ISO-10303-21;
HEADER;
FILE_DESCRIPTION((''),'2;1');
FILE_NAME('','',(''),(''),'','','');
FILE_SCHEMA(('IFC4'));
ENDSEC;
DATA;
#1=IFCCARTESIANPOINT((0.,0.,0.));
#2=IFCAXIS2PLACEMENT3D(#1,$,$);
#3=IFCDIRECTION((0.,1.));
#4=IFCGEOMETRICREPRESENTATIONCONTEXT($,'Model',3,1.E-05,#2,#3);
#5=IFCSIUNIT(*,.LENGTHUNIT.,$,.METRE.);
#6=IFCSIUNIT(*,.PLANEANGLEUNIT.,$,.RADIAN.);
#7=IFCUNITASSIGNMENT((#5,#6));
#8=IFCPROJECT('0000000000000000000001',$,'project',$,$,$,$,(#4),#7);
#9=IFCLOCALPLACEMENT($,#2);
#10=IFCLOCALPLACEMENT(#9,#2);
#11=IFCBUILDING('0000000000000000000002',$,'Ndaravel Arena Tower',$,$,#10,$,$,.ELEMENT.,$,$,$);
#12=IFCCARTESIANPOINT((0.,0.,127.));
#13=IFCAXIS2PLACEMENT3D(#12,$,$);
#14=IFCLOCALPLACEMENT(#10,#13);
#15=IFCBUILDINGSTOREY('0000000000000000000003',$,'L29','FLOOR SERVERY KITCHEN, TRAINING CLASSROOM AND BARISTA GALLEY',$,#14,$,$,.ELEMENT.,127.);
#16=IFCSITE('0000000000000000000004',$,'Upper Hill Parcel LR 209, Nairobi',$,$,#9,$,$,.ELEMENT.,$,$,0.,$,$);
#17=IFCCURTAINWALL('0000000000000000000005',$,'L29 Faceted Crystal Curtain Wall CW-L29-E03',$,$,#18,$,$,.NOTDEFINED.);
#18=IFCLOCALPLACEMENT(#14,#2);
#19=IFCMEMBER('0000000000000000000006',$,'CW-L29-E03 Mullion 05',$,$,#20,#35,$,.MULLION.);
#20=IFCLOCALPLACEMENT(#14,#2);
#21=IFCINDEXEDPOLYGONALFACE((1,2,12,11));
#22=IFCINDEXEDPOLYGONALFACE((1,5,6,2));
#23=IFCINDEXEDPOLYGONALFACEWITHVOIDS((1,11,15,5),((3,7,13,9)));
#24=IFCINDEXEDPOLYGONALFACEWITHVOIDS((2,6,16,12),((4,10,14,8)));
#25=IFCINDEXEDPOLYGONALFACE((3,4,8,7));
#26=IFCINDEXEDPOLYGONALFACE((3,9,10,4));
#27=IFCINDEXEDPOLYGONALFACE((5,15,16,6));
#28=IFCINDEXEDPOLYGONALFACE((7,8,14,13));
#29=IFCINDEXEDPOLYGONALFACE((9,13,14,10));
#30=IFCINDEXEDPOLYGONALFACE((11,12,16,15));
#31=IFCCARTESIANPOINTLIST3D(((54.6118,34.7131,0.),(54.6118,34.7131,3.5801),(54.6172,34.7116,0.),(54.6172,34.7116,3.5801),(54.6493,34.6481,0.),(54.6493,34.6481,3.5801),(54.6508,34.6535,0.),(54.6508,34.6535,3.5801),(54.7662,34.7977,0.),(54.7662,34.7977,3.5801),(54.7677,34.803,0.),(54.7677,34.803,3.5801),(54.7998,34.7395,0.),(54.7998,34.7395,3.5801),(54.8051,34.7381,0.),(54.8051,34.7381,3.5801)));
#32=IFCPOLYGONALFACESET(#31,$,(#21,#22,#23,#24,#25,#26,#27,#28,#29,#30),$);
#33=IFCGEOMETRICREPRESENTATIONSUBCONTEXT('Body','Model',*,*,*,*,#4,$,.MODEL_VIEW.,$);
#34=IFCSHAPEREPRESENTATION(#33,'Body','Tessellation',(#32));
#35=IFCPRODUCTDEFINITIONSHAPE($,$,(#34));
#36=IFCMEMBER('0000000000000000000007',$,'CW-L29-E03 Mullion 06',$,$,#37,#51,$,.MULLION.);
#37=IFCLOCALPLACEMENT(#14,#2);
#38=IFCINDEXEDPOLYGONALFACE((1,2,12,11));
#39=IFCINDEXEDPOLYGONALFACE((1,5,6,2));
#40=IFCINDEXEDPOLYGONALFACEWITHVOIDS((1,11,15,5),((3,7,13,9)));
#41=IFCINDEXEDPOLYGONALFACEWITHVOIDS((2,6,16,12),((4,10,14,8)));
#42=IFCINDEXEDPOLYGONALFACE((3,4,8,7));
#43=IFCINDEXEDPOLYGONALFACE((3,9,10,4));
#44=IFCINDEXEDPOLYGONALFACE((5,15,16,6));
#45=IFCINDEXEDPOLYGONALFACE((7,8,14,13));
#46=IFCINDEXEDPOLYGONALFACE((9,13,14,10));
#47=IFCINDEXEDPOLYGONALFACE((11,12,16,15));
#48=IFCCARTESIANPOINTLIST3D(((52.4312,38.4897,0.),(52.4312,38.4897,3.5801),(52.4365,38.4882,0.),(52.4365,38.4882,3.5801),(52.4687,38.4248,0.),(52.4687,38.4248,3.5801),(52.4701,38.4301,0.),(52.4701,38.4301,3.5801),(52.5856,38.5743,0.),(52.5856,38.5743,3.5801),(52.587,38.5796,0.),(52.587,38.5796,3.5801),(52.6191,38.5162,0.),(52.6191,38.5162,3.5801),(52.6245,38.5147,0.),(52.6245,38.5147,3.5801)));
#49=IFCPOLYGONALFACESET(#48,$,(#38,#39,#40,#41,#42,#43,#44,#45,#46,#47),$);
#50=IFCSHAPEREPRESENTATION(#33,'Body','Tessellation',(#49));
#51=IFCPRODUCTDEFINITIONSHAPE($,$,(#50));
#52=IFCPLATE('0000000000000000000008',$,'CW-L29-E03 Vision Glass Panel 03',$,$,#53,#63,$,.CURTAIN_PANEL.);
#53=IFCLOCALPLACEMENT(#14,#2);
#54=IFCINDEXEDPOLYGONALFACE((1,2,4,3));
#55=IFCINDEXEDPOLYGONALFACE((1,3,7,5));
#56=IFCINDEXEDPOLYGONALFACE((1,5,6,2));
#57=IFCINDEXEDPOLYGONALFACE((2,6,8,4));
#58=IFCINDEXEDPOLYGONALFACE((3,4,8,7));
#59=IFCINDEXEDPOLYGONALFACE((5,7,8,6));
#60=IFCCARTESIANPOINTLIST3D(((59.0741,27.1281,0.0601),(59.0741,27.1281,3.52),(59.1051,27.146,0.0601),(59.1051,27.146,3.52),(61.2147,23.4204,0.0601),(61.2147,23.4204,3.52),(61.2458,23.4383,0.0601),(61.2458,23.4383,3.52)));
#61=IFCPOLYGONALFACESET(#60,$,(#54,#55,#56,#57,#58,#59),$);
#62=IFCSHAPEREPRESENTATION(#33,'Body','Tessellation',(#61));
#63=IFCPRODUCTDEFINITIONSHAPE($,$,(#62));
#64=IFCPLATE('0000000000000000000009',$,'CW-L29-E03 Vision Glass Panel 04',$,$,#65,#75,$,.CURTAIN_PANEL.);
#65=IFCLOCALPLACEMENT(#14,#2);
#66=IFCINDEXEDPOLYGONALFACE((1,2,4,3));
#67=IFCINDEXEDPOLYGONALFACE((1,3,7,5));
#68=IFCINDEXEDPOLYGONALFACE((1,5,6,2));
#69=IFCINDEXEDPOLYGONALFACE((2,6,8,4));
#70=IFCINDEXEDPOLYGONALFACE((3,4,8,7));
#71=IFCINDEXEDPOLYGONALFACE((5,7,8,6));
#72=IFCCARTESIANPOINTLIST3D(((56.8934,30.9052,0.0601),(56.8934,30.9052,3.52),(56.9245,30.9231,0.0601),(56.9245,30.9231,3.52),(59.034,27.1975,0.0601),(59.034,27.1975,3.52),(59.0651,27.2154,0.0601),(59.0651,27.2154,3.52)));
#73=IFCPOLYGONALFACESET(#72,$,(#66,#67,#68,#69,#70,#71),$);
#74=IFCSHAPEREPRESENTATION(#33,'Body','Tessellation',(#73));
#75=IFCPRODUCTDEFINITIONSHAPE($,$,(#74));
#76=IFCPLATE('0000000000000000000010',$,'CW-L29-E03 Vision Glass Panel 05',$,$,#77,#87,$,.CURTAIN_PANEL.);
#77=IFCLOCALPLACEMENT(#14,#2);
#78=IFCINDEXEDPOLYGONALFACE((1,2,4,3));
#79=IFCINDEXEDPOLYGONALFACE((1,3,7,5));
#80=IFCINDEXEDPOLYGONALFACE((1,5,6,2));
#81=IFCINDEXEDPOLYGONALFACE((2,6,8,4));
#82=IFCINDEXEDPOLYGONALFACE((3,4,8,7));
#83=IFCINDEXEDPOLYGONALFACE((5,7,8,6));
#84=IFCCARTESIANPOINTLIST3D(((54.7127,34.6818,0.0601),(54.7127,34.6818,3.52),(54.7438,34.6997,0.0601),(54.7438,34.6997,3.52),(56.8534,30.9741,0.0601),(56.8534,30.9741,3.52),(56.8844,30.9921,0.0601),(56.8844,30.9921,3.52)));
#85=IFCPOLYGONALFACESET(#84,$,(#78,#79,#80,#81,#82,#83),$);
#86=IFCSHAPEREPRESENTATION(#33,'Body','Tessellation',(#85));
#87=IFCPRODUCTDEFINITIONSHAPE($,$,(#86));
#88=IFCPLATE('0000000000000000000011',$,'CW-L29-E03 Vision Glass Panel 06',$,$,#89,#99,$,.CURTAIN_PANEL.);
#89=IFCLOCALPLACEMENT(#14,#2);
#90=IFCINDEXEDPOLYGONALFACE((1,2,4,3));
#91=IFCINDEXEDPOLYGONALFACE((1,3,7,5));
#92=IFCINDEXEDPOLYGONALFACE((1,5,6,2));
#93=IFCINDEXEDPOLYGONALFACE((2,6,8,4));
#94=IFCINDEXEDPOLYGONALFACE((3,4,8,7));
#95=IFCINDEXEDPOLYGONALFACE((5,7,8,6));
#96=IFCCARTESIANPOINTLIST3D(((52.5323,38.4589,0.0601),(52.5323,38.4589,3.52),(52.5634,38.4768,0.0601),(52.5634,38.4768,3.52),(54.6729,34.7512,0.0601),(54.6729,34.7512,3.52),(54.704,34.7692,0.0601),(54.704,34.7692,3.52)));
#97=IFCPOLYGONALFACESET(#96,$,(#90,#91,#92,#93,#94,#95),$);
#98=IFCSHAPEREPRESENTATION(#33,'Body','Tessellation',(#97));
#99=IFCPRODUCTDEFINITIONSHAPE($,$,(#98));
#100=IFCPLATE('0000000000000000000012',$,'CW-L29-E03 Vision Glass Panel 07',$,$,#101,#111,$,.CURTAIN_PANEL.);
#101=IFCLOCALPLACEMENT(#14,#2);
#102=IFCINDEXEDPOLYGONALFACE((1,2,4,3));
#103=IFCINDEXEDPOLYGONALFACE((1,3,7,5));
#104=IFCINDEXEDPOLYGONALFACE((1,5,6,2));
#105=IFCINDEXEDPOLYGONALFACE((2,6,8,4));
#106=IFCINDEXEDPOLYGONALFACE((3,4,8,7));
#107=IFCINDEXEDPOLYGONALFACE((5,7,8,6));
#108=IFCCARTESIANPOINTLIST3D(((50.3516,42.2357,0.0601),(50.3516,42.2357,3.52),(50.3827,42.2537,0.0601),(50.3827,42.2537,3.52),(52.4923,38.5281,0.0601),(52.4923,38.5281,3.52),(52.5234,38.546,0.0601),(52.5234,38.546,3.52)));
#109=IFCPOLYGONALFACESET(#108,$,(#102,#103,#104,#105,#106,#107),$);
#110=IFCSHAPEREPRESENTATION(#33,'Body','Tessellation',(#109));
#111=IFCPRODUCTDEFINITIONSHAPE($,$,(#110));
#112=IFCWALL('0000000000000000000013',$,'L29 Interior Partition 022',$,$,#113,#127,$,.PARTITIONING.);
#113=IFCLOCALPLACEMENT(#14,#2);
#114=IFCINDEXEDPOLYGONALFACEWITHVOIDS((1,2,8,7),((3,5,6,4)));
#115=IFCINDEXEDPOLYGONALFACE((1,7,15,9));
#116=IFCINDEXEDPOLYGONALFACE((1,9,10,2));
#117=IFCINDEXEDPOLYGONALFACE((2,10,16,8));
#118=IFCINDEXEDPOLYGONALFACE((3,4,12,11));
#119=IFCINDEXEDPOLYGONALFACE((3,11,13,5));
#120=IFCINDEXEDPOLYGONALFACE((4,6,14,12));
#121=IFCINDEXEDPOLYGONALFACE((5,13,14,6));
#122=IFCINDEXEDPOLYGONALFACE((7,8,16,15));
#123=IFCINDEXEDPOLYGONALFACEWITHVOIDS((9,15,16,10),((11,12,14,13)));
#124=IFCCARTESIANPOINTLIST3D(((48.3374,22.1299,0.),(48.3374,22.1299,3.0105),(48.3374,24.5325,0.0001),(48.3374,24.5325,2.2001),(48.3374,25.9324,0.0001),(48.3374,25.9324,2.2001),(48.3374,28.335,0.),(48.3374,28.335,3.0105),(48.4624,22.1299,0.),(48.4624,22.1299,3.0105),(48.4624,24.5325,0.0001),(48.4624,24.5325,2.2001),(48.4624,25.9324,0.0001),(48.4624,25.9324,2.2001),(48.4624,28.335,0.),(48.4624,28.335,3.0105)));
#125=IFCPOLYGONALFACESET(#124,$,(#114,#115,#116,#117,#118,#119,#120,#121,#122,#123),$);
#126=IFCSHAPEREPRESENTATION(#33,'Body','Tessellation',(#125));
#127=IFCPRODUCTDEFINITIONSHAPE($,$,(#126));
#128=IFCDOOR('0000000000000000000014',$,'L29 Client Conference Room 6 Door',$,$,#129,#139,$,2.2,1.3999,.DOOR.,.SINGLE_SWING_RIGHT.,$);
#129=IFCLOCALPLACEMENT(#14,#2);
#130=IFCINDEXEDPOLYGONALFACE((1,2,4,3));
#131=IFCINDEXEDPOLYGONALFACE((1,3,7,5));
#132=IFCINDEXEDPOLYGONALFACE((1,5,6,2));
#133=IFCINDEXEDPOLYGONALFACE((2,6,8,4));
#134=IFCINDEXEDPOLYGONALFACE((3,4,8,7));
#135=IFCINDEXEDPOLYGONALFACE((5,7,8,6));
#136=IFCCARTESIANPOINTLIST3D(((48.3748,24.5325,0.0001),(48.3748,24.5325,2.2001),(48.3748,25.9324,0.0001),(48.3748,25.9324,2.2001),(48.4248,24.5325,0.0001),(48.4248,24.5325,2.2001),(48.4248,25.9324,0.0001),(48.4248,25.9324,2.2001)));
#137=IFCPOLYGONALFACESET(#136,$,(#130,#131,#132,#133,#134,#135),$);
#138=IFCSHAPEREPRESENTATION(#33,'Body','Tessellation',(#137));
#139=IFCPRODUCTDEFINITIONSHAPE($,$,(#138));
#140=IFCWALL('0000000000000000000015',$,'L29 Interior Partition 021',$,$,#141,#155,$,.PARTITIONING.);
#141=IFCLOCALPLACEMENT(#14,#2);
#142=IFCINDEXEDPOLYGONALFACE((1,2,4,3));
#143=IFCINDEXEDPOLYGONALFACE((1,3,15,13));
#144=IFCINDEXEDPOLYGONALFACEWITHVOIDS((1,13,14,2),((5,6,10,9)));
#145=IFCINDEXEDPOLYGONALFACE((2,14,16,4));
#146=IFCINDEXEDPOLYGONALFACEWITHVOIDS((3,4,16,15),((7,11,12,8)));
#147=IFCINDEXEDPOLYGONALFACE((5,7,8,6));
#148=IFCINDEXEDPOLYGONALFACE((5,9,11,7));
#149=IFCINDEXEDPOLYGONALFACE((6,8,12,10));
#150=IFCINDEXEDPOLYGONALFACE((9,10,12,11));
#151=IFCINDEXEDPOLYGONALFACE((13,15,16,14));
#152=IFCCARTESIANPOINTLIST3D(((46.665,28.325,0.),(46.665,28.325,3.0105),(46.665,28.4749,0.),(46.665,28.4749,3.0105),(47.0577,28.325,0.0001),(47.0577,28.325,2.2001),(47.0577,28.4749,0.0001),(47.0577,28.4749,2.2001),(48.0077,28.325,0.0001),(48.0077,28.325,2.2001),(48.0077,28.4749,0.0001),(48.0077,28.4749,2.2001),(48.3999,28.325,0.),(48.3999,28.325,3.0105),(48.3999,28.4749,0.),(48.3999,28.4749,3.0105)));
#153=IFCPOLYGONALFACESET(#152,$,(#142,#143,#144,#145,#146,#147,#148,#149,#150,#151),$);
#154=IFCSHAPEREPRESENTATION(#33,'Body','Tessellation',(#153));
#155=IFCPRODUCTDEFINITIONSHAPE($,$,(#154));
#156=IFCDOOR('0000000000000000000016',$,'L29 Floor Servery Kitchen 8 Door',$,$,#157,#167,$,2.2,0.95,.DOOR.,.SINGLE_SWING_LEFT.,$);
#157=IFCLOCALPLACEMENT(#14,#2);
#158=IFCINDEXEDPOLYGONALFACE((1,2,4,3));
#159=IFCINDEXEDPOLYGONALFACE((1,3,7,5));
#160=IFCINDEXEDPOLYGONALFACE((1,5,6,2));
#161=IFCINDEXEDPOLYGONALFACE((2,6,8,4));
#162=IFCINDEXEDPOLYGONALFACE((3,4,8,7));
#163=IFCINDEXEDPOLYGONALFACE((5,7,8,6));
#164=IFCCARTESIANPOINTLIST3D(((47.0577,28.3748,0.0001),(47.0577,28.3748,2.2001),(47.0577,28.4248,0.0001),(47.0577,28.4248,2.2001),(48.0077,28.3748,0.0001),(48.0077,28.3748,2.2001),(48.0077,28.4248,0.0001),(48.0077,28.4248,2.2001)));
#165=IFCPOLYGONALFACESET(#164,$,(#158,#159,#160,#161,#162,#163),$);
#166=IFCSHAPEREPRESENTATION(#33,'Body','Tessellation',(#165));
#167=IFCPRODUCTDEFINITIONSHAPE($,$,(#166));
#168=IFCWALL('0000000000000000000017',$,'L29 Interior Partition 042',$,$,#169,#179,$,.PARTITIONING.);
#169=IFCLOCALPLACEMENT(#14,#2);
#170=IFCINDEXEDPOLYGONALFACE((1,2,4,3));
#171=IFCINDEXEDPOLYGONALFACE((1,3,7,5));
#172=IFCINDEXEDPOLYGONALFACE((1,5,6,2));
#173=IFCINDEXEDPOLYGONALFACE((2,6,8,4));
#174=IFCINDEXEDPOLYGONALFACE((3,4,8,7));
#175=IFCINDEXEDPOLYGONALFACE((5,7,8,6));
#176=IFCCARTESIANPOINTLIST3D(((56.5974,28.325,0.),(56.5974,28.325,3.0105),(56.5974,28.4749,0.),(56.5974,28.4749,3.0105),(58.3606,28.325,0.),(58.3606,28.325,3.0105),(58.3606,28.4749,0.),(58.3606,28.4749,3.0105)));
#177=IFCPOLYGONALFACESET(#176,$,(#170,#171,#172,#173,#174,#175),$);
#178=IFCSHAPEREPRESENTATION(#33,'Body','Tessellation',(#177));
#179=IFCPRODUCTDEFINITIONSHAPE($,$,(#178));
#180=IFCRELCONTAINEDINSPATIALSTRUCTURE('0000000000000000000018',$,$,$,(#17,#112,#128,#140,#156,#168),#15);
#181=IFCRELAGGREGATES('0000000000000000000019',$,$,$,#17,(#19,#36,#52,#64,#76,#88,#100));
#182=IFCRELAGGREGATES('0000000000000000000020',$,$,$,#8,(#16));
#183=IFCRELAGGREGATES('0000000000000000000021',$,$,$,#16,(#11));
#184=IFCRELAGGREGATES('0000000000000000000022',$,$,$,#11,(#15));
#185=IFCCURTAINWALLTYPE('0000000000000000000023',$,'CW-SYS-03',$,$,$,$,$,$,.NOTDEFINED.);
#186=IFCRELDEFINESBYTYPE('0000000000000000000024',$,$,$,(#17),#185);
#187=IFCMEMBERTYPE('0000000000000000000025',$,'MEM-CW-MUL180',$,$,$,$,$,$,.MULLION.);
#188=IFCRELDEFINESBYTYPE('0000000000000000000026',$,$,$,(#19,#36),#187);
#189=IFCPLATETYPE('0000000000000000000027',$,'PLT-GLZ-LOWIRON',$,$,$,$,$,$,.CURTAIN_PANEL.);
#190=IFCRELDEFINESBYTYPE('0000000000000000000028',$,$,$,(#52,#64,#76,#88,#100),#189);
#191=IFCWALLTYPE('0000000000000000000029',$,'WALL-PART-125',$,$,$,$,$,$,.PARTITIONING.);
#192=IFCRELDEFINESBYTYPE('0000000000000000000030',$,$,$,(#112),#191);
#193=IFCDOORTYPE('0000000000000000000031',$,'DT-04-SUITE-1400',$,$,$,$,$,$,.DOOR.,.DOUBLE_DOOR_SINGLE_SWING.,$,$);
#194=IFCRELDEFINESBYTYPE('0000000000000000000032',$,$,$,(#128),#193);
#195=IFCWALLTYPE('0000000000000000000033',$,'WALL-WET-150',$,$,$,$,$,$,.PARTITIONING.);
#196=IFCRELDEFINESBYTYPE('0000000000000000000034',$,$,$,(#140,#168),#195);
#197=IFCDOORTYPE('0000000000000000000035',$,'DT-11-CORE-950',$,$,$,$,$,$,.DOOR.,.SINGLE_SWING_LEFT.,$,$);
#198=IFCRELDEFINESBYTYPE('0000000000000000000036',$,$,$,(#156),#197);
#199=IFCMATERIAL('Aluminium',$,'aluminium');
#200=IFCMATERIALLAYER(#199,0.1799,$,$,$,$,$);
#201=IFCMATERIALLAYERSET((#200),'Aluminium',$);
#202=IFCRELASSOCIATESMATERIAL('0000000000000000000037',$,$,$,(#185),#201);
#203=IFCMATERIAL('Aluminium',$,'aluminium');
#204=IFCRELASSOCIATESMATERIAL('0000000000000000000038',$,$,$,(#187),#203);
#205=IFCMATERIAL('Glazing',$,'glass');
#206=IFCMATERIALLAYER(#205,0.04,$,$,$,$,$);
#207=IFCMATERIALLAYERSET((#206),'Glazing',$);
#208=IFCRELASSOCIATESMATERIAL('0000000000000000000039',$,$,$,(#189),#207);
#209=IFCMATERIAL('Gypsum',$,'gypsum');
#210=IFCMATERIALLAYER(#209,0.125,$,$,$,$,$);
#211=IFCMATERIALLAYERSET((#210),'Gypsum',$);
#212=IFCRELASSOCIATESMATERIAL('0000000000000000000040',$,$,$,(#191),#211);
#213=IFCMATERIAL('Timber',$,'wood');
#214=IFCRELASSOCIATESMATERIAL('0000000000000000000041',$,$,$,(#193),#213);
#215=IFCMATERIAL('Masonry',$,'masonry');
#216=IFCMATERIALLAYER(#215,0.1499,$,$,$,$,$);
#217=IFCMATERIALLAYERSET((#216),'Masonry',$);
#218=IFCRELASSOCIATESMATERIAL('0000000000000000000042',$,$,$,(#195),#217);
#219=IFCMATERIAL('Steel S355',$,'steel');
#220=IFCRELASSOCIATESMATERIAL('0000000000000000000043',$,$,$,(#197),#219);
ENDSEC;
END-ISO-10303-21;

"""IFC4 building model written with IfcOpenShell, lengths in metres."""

from ifc_helpers import new_model, si_unit, direction, frame, frame_2d, origin, origin_2d, place, context, subcontext, project, spatial, rectangle, hollow_rectangle, extrude, material, layer, layer_set, material_profile, profile_set, type_object, element, fill, aggregate, save


model = new_model("IFC4")

# Units and contexts
model_context = context("Model", 3, precision=1e-05, world=origin(), true_north=direction((0.0, 1.0)))
body_context = subcontext(model_context, "Body", "Model", "MODEL_VIEW")
ifc_project = project(units=[si_unit("LENGTHUNIT", "METRE"), si_unit("PLANEANGLEUNIT", "RADIAN")], contexts=[model_context])

# Site, building, storey
site_placement = place(None, origin())
site = spatial("IfcSite", under=ifc_project, at=site_placement, Name="Upper Hill Parcel LR 209, Nairobi", CompositionType="ELEMENT", RefElevation=0.0)
building_placement = place(site_placement, origin())
building = spatial("IfcBuilding", under=site, at=building_placement, Name="Ndaravel Arena Tower", CompositionType="ELEMENT")
storey_placement = place(building_placement, frame((0.0, 0.0, 127.0)))
storey = spatial("IfcBuildingStorey", under=building, at=storey_placement, Name="L29", Description="FLOOR SERVERY KITCHEN, TRAINING CLASSROOM AND BARISTA GALLEY", CompositionType="ELEMENT", Elevation=127.0)

# Curtain wall, members, plates
ifc_material_1 = material(Name="Aluminium", Category="aluminium")
ifc_layer_1 = layer(ifc_material_1, 0.1799)
ifc_layer_set_1 = layer_set([ifc_layer_1], Name="Aluminium")
curtain_wall_type = type_object("IfcCurtainWallType", Name="CW-SYS-03", PredefinedType="NOTDEFINED", material=ifc_layer_set_1)
curtain_wall_placement = place(storey_placement, origin())
curtain_wall = element("IfcCurtainWall", 1, at=curtain_wall_placement, inside=storey, type_object=curtain_wall_type, Name="L29 Faceted Crystal Curtain Wall CW-L29-E03", PredefinedType="NOTDEFINED")
ifc_material_2 = material(Name="Aluminium", Category="aluminium")
ifc_material_profile_1 = material_profile(ifc_material_2, hollow_rectangle(XDim=0.075, YDim=0.1799, WallThickness=0.0039, at=origin_2d()), Name="CW MULLION 75x180x4")
ifc_profile_set_1 = profile_set([ifc_material_profile_1], Name="Aluminium")
member_type = type_object("IfcMemberType", Name="MEM-CW-MUL180", PredefinedType="MULLION", material=ifc_profile_set_1)
member_1_placement = place(storey_placement, frame((54.7085, 34.7256, 0.0), z_axis=(0.0, 0.0, 1.0), x_axis=(-0.5, 0.866025, 0.0)))
member_1 = element("IfcMember", 2, at=member_1_placement, type_object=member_type, Name="CW-L29-E03 Mullion 05", PredefinedType="MULLION", context=body_context, shape_type="SweptSolid", body=[
    extrude(hollow_rectangle(XDim=0.075, YDim=0.1799, WallThickness=0.0039, at=origin_2d()), origin(), (0.0, 0.0, 1.0), 3.5801),
])
member_2_placement = place(storey_placement, frame((52.5278, 38.5022, 0.0), z_axis=(0.0, 0.0, 1.0), x_axis=(-0.5, 0.866025, 0.0)))
member_2 = element("IfcMember", 3, at=member_2_placement, type_object=member_type, Name="CW-L29-E03 Mullion 06", PredefinedType="MULLION", context=body_context, shape_type="SweptSolid", body=[
    extrude(hollow_rectangle(XDim=0.075, YDim=0.1799, WallThickness=0.0039, at=origin_2d()), origin(), (0.0, 0.0, 1.0), 3.5801),
])
ifc_material_3 = material(Name="Glazing", Category="glass")
ifc_layer_2 = layer(ifc_material_3, 0.04)
ifc_layer_set_2 = layer_set([ifc_layer_2], Name="Glazing")
plate_type = type_object("IfcPlateType", Name="PLT-GLZ-LOWIRON", PredefinedType="CURTAIN_PANEL", material=ifc_layer_set_2)
plate_1_placement = place(storey_placement, frame((60.1599, 25.2832, 0.0601), z_axis=(0.0, 0.0, 1.0), x_axis=(-0.5, 0.866025, 0.0)))
plate_1 = element("IfcPlate", 4, at=plate_1_placement, type_object=plate_type, Name="CW-L29-E03 Vision Glass Panel 03", PredefinedType="CURTAIN_PANEL", context=body_context, shape_type="SweptSolid", body=[
    extrude(rectangle(XDim=4.2812, YDim=0.0359, at=origin_2d()), origin(), (0.0, 0.0, 1.0), 3.46),
])
plate_2_placement = place(storey_placement, frame((57.9792, 29.0603, 0.0601), z_axis=(0.0, 0.0, 1.0), x_axis=(-0.5, 0.866025, 0.0)))
plate_2 = element("IfcPlate", 5, at=plate_2_placement, type_object=plate_type, Name="CW-L29-E03 Vision Glass Panel 04", PredefinedType="CURTAIN_PANEL", context=body_context, shape_type="SweptSolid", body=[
    extrude(rectangle(XDim=4.2812, YDim=0.0359, at=origin_2d()), origin(), (0.0, 0.0, 1.0), 3.46),
])
plate_3_placement = place(storey_placement, frame((55.7986, 32.8369, 0.0601), z_axis=(0.0, 0.0, 1.0), x_axis=(-0.5, 0.866025, 0.0)))
plate_3 = element("IfcPlate", 6, at=plate_3_placement, type_object=plate_type, Name="CW-L29-E03 Vision Glass Panel 05", PredefinedType="CURTAIN_PANEL", context=body_context, shape_type="SweptSolid", body=[
    extrude(rectangle(XDim=4.2812, YDim=0.0359, at=origin_2d()), origin(), (0.0, 0.0, 1.0), 3.46),
])
plate_4_placement = place(storey_placement, frame((53.6182, 36.614, 0.0601), z_axis=(0.0, 0.0, 1.0), x_axis=(-0.5, 0.866025, 0.0)))
plate_4 = element("IfcPlate", 7, at=plate_4_placement, type_object=plate_type, Name="CW-L29-E03 Vision Glass Panel 06", PredefinedType="CURTAIN_PANEL", context=body_context, shape_type="SweptSolid", body=[
    extrude(rectangle(XDim=4.2812, YDim=0.0359, at=origin_2d()), origin(), (0.0, 0.0, 1.0), 3.46),
])
plate_5_placement = place(storey_placement, frame((51.4375, 40.3909, 0.0601), z_axis=(0.0, 0.0, 1.0), x_axis=(-0.5, 0.866025, 0.0)))
plate_5 = element("IfcPlate", 8, at=plate_5_placement, type_object=plate_type, Name="CW-L29-E03 Vision Glass Panel 07", PredefinedType="CURTAIN_PANEL", context=body_context, shape_type="SweptSolid", body=[
    extrude(rectangle(XDim=4.2812, YDim=0.0359, at=origin_2d()), origin(), (0.0, 0.0, 1.0), 3.46),
])
aggregate(curtain_wall, [member_1, member_2, plate_1, plate_2, plate_3, plate_4, plate_5])

# Walls, openings, doors
ifc_material_4 = material(Name="Gypsum", Category="gypsum")
ifc_layer_3 = layer(ifc_material_4, 0.125)
ifc_layer_set_3 = layer_set([ifc_layer_3], Name="Gypsum")
wall_type_1 = type_object("IfcWallType", Name="WALL-PART-125", PredefinedType="PARTITIONING", material=ifc_layer_set_3)
wall_1_placement = place(storey_placement, frame((48.3999, 28.335, 0.0), z_axis=(0.0, 0.0, 1.0), x_axis=(0.0, -1.0, 0.0)))
wall_1 = element("IfcWall", 9, at=wall_1_placement, inside=storey, type_object=wall_type_1, Name="L29 Interior Partition 022", PredefinedType="PARTITIONING", context=body_context, shape_type="SweptSolid", body=[
    extrude(rectangle(XDim=6.2051, YDim=0.125, at=frame_2d((3.1025, 0.0))), origin(), (0.0, 0.0, 1.0), 3.0105),
])
opening_1_placement = place(wall_1_placement, frame((2.4026, 0.0, 0.0)))
opening_1 = element("IfcOpeningElement", 10, at=opening_1_placement, cuts=wall_1, PredefinedType="OPENING", context=body_context, shape_type="SweptSolid", body=[
    extrude(rectangle(XDim=1.3999, YDim=2.2, at=frame_2d((0.7, 1.1001))), frame((0.0, 0.0625, 0.0), z_axis=(0.0, -1.0, 0.0), x_axis=(1.0, 0.0, 0.0)), (0.0, 0.0, 1.0), 0.125),
])
ifc_material_5 = material(Name="Timber", Category="wood")
door_type_1 = type_object("IfcDoorType", Name="DT-04-SUITE-1400", OperationType="DOUBLE_DOOR_SINGLE_SWING", PredefinedType="DOOR", material=ifc_material_5)
door_1_placement = place(opening_1_placement, origin())
door_1 = element("IfcDoor", 11, at=door_1_placement, inside=storey, type_object=door_type_1, Name="L29 Client Conference Room 6 Door", OperationType="SINGLE_SWING_RIGHT", OverallHeight=2.2, OverallWidth=1.3999, PredefinedType="DOOR", context=body_context, shape_type="SweptSolid", body=[
    extrude(rectangle(XDim=1.3999, YDim=2.2, at=frame_2d((0.7, 1.1001))), frame((0.0, 0.0249, 0.0), z_axis=(0.0, -1.0, 0.0), x_axis=(1.0, 0.0, 0.0)), (0.0, 0.0, 1.0), 0.05),
])
fill(opening_1, door_1)
ifc_material_6 = material(Name="Masonry", Category="masonry")
ifc_layer_4 = layer(ifc_material_6, 0.1499)
ifc_layer_set_4 = layer_set([ifc_layer_4], Name="Masonry")
wall_type_2 = type_object("IfcWallType", Name="WALL-WET-150", PredefinedType="PARTITIONING", material=ifc_layer_set_4)
wall_2_placement = place(storey_placement, frame((46.665, 28.3999, 0.0), z_axis=(0.0, 0.0, 1.0), x_axis=(1.0, 0.0, 0.0)))
wall_2 = element("IfcWall", 12, at=wall_2_placement, inside=storey, type_object=wall_type_2, Name="L29 Interior Partition 021", PredefinedType="PARTITIONING", context=body_context, shape_type="SweptSolid", body=[
    extrude(rectangle(XDim=1.7349, YDim=0.1499, at=frame_2d((0.8674, 0.0))), origin(), (0.0, 0.0, 1.0), 3.0105),
])
opening_2_placement = place(wall_2_placement, frame((0.3926, 0.0, 0.0)))
opening_2 = element("IfcOpeningElement", 13, at=opening_2_placement, cuts=wall_2, PredefinedType="OPENING", context=body_context, shape_type="SweptSolid", body=[
    extrude(rectangle(XDim=0.95, YDim=2.2, at=frame_2d((0.4751, 1.1001))), frame((0.0, 0.075, 0.0), z_axis=(0.0, -1.0, 0.0), x_axis=(1.0, 0.0, 0.0)), (0.0, 0.0, 1.0), 0.1499),
])
ifc_material_7 = material(Name="Steel S355", Category="steel")
door_type_2 = type_object("IfcDoorType", Name="DT-11-CORE-950", OperationType="SINGLE_SWING_LEFT", PredefinedType="DOOR", material=ifc_material_7)
door_2_placement = place(opening_2_placement, origin())
door_2 = element("IfcDoor", 14, at=door_2_placement, inside=storey, type_object=door_type_2, Name="L29 Floor Servery Kitchen 8 Door", OperationType="SINGLE_SWING_LEFT", OverallHeight=2.2, OverallWidth=0.95, PredefinedType="DOOR", context=body_context, shape_type="SweptSolid", body=[
    extrude(rectangle(XDim=0.95, YDim=2.2, at=frame_2d((0.4751, 1.1001))), frame((0.0, 0.0249, 0.0), z_axis=(0.0, -1.0, 0.0), x_axis=(1.0, 0.0, 0.0)), (0.0, 0.0, 1.0), 0.05),
])
fill(opening_2, door_2)

# Wall
wall_3_placement = place(storey_placement, frame((56.5974, 28.3999, 0.0), z_axis=(0.0, 0.0, 1.0), x_axis=(1.0, 0.0, 0.0)))
element("IfcWall", 15, at=wall_3_placement, inside=storey, type_object=wall_type_2, Name="L29 Interior Partition 042", PredefinedType="PARTITIONING", context=body_context, shape_type="SweptSolid", body=[
    extrude(rectangle(XDim=1.7632, YDim=0.1499, at=frame_2d((0.8816, 0.0))), origin(), (0.0, 0.0, 1.0), 3.0105),
])

save(model, "model.ifc")
